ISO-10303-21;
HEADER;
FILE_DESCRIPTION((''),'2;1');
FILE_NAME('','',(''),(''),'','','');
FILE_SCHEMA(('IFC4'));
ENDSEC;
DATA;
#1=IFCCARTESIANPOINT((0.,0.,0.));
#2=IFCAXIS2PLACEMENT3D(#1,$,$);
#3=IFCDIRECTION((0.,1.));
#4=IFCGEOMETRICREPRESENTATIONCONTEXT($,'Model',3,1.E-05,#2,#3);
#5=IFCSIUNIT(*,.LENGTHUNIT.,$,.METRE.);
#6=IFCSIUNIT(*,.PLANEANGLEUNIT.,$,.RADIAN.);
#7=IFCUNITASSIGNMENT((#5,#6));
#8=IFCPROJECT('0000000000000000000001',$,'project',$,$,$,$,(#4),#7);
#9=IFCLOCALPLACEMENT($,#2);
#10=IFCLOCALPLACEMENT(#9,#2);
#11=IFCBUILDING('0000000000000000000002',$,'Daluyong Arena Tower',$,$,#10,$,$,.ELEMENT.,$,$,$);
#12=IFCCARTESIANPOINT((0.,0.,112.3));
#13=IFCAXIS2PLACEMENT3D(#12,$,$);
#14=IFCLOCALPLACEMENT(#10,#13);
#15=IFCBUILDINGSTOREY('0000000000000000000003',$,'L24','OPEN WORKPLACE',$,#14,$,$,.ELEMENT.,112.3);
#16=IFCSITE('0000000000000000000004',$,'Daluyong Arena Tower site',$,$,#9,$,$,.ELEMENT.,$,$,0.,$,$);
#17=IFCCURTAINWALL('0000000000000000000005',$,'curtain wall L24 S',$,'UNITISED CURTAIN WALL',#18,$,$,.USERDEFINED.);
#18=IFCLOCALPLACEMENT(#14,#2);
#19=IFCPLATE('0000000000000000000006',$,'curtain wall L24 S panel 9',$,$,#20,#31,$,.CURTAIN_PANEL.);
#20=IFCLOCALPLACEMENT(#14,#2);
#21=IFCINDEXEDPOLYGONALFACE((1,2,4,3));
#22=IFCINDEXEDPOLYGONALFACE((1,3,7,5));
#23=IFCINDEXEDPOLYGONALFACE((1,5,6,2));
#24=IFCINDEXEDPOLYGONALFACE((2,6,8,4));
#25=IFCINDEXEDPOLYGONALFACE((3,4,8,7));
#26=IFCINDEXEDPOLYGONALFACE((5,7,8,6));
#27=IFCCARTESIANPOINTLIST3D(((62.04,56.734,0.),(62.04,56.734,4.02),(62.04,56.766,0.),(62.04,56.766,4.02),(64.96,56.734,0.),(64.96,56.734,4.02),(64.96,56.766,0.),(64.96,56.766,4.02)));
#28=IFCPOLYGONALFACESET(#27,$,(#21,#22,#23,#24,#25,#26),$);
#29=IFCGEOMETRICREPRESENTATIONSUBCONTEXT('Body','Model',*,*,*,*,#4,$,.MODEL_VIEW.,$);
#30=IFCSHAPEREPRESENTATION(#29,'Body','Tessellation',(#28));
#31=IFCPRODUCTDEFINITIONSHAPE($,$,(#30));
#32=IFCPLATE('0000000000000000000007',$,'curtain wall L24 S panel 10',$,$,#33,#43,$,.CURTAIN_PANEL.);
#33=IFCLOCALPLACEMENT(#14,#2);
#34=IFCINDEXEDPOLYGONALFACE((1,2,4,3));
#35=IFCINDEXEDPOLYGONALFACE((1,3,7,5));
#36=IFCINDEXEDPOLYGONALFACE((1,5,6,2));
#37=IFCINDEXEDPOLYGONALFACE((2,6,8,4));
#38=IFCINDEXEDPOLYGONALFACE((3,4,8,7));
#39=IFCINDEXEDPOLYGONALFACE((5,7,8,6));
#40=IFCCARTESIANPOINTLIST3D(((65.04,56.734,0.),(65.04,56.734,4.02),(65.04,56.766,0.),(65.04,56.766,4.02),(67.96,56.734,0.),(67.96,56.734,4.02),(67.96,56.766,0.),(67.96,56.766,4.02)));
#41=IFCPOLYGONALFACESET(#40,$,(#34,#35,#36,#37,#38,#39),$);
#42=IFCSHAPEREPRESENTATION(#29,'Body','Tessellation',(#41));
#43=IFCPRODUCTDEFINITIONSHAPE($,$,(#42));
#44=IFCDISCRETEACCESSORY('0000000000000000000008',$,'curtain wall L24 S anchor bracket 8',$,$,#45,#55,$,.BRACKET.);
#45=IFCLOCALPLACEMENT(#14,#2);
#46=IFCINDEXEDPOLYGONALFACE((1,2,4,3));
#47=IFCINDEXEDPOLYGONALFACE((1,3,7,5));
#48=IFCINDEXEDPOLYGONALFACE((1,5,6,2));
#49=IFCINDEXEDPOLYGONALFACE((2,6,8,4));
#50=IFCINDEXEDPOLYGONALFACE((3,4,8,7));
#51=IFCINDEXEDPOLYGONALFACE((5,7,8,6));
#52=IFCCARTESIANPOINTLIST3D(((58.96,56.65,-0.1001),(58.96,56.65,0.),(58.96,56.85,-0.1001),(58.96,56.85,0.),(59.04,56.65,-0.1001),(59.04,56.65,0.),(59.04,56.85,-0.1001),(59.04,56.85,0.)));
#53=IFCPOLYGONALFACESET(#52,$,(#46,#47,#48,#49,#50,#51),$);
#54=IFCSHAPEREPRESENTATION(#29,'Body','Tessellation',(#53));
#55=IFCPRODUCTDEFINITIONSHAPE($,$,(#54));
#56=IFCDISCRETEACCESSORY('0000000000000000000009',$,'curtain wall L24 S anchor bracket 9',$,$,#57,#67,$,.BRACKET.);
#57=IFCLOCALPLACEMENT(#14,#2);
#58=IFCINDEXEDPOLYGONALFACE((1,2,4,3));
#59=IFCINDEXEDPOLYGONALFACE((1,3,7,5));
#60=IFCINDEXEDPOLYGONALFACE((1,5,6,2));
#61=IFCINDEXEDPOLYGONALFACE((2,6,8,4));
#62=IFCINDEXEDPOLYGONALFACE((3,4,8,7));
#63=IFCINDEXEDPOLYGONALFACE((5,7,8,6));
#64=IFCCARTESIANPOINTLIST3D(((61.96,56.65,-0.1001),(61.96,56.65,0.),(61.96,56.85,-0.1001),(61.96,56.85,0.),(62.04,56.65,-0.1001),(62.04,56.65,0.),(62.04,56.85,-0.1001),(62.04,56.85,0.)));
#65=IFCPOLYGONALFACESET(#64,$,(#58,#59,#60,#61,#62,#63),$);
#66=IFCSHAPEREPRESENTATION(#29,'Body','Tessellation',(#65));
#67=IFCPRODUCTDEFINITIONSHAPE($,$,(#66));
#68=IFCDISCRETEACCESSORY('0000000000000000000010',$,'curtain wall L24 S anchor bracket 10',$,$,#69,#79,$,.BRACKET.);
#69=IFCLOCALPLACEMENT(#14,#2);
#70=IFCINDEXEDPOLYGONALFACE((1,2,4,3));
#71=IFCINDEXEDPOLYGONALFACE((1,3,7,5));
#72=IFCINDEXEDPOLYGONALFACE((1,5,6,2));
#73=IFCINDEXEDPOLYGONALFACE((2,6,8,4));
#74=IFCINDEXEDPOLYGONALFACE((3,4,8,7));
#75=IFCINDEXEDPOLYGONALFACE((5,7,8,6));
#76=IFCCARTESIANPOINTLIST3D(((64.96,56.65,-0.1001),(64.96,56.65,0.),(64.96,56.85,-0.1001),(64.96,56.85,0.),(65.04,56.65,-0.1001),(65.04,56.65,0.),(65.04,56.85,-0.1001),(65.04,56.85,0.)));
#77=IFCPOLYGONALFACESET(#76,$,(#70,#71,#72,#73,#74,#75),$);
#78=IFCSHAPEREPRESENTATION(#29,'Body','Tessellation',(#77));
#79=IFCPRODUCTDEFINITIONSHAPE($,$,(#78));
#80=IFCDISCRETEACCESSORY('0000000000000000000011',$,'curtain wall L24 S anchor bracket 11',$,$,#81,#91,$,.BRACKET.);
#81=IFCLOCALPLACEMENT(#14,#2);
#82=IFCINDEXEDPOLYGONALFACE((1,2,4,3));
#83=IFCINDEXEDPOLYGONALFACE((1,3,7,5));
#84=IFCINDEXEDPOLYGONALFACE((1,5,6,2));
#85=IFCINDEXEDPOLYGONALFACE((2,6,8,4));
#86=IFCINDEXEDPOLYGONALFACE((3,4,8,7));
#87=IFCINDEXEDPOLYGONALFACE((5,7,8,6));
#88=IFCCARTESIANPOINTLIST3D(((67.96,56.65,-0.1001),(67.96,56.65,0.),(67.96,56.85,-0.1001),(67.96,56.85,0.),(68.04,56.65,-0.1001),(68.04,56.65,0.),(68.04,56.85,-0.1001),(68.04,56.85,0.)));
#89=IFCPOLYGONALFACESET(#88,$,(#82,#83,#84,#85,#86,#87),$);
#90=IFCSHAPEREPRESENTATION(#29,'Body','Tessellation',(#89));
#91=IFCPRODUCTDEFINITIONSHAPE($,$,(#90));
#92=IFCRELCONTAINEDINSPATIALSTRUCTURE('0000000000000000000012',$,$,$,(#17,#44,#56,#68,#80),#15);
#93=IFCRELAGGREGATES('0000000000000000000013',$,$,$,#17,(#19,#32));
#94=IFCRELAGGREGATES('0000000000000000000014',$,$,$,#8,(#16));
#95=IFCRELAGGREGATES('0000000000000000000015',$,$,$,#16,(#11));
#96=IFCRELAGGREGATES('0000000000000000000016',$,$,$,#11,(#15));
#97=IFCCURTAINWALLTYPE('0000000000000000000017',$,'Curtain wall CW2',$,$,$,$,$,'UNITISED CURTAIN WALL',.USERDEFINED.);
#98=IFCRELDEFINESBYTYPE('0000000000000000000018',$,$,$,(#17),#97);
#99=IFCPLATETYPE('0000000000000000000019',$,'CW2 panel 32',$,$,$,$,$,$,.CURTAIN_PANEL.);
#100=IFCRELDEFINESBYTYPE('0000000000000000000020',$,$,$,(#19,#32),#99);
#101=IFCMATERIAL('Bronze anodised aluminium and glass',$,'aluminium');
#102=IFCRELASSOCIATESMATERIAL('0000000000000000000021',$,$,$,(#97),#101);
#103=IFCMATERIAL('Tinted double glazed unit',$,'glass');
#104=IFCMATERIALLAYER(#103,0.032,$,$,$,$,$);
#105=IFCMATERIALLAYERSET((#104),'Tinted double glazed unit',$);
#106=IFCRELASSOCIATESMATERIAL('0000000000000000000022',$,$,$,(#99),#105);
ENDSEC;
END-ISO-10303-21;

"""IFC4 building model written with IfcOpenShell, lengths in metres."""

from ifc_helpers import new_model, si_unit, direction, frame, origin, origin_2d, place, context, subcontext, project, spatial, rectangle, extrude, material, layer, layer_set, type_object, element, aggregate, save


model = new_model("IFC4")

# Units and contexts
model_context = context("Model", 3, precision=1e-05, world=origin(), true_north=direction((0.0, 1.0)))
body_context = subcontext(model_context, "Body", "Model", "MODEL_VIEW")
ifc_project = project(units=[si_unit("LENGTHUNIT", "METRE"), si_unit("PLANEANGLEUNIT", "RADIAN")], contexts=[model_context])

# Site, building, storey
site_placement = place(None, origin())
site = spatial("IfcSite", under=ifc_project, at=site_placement, Name="Daluyong Arena Tower site", CompositionType="ELEMENT", RefElevation=0.0)
building_placement = place(site_placement, origin())
building = spatial("IfcBuilding", under=site, at=building_placement, Name="Daluyong Arena Tower", CompositionType="ELEMENT")
storey_placement = place(building_placement, frame((0.0, 0.0, 112.3)))
storey = spatial("IfcBuildingStorey", under=building, at=storey_placement, Name="L24", Description="OPEN WORKPLACE", CompositionType="ELEMENT", Elevation=112.3)

# Curtain wall
ifc_material_1 = material(Name="Bronze anodised aluminium and glass", Category="aluminium")
curtain_wall_type = type_object("IfcCurtainWallType", Name="Curtain wall CW2", ElementType="UNITISED CURTAIN WALL", PredefinedType="USERDEFINED", material=ifc_material_1)
curtain_wall_placement = place(storey_placement, origin())
curtain_wall = element("IfcCurtainWall", 1, at=curtain_wall_placement, inside=storey, type_object=curtain_wall_type, Name="curtain wall L24 S", ObjectType="UNITISED CURTAIN WALL", PredefinedType="USERDEFINED")

# Plates
ifc_material_2 = material(Name="Tinted double glazed unit", Category="glass")
ifc_layer = layer(ifc_material_2, 0.032)
ifc_layer_set = layer_set([ifc_layer], Name="Tinted double glazed unit")
plate_type = type_object("IfcPlateType", Name="CW2 panel 32", PredefinedType="CURTAIN_PANEL", material=ifc_layer_set)
plate_1_placement = place(storey_placement, frame((63.5, 56.75, 0.0), z_axis=(0.0, 0.0, 1.0), x_axis=(1.0, 0.0, 0.0)))
plate_1 = element("IfcPlate", 2, at=plate_1_placement, type_object=plate_type, Name="curtain wall L24 S panel 9", PredefinedType="CURTAIN_PANEL", context=body_context, shape_type="SweptSolid", body=[
    extrude(rectangle(XDim=2.9199, YDim=0.032, at=origin_2d()), origin(), (0.0, 0.0, 1.0), 4.02),
])
plate_2_placement = place(storey_placement, frame((66.5, 56.75, 0.0), z_axis=(0.0, 0.0, 1.0), x_axis=(1.0, 0.0, 0.0)))
plate_2 = element("IfcPlate", 3, at=plate_2_placement, type_object=plate_type, Name="curtain wall L24 S panel 10", PredefinedType="CURTAIN_PANEL", context=body_context, shape_type="SweptSolid", body=[
    extrude(rectangle(XDim=2.9199, YDim=0.032, at=origin_2d()), origin(), (0.0, 0.0, 1.0), 4.02),
])
aggregate(curtain_wall, [plate_1, plate_2])

# Discrete accessories
for number, where, z_axis, x_axis, name in (
    (4, (59.0, 56.75, -0.1001), (0.0, 0.0, 1.0), (1.0, 0.0, 0.0), "curtain wall L24 S anchor bracket 8"),
    (5, (62.0, 56.75, -0.1001), (0.0, 0.0, 1.0), (1.0, 0.0, 0.0), "curtain wall L24 S anchor bracket 9"),
    (6, (65.0, 56.75, -0.1001), (0.0, 0.0, 1.0), (1.0, 0.0, 0.0), "curtain wall L24 S anchor bracket 10"),
    (7, (68.0, 56.75, -0.1001), (0.0, 0.0, 1.0), (1.0, 0.0, 0.0), "curtain wall L24 S anchor bracket 11"),
):
    element("IfcDiscreteAccessory", number, at=place(storey_placement, frame(where, z_axis=z_axis, x_axis=x_axis)), inside=storey, Name=name, PredefinedType="BRACKET", context=body_context, shape_type="SweptSolid", body=[
        extrude(rectangle(XDim=0.0801, YDim=0.2, at=origin_2d()), origin(), (0.0, 0.0, 1.0), 0.1001),
    ])

save(model, "model.ifc")
